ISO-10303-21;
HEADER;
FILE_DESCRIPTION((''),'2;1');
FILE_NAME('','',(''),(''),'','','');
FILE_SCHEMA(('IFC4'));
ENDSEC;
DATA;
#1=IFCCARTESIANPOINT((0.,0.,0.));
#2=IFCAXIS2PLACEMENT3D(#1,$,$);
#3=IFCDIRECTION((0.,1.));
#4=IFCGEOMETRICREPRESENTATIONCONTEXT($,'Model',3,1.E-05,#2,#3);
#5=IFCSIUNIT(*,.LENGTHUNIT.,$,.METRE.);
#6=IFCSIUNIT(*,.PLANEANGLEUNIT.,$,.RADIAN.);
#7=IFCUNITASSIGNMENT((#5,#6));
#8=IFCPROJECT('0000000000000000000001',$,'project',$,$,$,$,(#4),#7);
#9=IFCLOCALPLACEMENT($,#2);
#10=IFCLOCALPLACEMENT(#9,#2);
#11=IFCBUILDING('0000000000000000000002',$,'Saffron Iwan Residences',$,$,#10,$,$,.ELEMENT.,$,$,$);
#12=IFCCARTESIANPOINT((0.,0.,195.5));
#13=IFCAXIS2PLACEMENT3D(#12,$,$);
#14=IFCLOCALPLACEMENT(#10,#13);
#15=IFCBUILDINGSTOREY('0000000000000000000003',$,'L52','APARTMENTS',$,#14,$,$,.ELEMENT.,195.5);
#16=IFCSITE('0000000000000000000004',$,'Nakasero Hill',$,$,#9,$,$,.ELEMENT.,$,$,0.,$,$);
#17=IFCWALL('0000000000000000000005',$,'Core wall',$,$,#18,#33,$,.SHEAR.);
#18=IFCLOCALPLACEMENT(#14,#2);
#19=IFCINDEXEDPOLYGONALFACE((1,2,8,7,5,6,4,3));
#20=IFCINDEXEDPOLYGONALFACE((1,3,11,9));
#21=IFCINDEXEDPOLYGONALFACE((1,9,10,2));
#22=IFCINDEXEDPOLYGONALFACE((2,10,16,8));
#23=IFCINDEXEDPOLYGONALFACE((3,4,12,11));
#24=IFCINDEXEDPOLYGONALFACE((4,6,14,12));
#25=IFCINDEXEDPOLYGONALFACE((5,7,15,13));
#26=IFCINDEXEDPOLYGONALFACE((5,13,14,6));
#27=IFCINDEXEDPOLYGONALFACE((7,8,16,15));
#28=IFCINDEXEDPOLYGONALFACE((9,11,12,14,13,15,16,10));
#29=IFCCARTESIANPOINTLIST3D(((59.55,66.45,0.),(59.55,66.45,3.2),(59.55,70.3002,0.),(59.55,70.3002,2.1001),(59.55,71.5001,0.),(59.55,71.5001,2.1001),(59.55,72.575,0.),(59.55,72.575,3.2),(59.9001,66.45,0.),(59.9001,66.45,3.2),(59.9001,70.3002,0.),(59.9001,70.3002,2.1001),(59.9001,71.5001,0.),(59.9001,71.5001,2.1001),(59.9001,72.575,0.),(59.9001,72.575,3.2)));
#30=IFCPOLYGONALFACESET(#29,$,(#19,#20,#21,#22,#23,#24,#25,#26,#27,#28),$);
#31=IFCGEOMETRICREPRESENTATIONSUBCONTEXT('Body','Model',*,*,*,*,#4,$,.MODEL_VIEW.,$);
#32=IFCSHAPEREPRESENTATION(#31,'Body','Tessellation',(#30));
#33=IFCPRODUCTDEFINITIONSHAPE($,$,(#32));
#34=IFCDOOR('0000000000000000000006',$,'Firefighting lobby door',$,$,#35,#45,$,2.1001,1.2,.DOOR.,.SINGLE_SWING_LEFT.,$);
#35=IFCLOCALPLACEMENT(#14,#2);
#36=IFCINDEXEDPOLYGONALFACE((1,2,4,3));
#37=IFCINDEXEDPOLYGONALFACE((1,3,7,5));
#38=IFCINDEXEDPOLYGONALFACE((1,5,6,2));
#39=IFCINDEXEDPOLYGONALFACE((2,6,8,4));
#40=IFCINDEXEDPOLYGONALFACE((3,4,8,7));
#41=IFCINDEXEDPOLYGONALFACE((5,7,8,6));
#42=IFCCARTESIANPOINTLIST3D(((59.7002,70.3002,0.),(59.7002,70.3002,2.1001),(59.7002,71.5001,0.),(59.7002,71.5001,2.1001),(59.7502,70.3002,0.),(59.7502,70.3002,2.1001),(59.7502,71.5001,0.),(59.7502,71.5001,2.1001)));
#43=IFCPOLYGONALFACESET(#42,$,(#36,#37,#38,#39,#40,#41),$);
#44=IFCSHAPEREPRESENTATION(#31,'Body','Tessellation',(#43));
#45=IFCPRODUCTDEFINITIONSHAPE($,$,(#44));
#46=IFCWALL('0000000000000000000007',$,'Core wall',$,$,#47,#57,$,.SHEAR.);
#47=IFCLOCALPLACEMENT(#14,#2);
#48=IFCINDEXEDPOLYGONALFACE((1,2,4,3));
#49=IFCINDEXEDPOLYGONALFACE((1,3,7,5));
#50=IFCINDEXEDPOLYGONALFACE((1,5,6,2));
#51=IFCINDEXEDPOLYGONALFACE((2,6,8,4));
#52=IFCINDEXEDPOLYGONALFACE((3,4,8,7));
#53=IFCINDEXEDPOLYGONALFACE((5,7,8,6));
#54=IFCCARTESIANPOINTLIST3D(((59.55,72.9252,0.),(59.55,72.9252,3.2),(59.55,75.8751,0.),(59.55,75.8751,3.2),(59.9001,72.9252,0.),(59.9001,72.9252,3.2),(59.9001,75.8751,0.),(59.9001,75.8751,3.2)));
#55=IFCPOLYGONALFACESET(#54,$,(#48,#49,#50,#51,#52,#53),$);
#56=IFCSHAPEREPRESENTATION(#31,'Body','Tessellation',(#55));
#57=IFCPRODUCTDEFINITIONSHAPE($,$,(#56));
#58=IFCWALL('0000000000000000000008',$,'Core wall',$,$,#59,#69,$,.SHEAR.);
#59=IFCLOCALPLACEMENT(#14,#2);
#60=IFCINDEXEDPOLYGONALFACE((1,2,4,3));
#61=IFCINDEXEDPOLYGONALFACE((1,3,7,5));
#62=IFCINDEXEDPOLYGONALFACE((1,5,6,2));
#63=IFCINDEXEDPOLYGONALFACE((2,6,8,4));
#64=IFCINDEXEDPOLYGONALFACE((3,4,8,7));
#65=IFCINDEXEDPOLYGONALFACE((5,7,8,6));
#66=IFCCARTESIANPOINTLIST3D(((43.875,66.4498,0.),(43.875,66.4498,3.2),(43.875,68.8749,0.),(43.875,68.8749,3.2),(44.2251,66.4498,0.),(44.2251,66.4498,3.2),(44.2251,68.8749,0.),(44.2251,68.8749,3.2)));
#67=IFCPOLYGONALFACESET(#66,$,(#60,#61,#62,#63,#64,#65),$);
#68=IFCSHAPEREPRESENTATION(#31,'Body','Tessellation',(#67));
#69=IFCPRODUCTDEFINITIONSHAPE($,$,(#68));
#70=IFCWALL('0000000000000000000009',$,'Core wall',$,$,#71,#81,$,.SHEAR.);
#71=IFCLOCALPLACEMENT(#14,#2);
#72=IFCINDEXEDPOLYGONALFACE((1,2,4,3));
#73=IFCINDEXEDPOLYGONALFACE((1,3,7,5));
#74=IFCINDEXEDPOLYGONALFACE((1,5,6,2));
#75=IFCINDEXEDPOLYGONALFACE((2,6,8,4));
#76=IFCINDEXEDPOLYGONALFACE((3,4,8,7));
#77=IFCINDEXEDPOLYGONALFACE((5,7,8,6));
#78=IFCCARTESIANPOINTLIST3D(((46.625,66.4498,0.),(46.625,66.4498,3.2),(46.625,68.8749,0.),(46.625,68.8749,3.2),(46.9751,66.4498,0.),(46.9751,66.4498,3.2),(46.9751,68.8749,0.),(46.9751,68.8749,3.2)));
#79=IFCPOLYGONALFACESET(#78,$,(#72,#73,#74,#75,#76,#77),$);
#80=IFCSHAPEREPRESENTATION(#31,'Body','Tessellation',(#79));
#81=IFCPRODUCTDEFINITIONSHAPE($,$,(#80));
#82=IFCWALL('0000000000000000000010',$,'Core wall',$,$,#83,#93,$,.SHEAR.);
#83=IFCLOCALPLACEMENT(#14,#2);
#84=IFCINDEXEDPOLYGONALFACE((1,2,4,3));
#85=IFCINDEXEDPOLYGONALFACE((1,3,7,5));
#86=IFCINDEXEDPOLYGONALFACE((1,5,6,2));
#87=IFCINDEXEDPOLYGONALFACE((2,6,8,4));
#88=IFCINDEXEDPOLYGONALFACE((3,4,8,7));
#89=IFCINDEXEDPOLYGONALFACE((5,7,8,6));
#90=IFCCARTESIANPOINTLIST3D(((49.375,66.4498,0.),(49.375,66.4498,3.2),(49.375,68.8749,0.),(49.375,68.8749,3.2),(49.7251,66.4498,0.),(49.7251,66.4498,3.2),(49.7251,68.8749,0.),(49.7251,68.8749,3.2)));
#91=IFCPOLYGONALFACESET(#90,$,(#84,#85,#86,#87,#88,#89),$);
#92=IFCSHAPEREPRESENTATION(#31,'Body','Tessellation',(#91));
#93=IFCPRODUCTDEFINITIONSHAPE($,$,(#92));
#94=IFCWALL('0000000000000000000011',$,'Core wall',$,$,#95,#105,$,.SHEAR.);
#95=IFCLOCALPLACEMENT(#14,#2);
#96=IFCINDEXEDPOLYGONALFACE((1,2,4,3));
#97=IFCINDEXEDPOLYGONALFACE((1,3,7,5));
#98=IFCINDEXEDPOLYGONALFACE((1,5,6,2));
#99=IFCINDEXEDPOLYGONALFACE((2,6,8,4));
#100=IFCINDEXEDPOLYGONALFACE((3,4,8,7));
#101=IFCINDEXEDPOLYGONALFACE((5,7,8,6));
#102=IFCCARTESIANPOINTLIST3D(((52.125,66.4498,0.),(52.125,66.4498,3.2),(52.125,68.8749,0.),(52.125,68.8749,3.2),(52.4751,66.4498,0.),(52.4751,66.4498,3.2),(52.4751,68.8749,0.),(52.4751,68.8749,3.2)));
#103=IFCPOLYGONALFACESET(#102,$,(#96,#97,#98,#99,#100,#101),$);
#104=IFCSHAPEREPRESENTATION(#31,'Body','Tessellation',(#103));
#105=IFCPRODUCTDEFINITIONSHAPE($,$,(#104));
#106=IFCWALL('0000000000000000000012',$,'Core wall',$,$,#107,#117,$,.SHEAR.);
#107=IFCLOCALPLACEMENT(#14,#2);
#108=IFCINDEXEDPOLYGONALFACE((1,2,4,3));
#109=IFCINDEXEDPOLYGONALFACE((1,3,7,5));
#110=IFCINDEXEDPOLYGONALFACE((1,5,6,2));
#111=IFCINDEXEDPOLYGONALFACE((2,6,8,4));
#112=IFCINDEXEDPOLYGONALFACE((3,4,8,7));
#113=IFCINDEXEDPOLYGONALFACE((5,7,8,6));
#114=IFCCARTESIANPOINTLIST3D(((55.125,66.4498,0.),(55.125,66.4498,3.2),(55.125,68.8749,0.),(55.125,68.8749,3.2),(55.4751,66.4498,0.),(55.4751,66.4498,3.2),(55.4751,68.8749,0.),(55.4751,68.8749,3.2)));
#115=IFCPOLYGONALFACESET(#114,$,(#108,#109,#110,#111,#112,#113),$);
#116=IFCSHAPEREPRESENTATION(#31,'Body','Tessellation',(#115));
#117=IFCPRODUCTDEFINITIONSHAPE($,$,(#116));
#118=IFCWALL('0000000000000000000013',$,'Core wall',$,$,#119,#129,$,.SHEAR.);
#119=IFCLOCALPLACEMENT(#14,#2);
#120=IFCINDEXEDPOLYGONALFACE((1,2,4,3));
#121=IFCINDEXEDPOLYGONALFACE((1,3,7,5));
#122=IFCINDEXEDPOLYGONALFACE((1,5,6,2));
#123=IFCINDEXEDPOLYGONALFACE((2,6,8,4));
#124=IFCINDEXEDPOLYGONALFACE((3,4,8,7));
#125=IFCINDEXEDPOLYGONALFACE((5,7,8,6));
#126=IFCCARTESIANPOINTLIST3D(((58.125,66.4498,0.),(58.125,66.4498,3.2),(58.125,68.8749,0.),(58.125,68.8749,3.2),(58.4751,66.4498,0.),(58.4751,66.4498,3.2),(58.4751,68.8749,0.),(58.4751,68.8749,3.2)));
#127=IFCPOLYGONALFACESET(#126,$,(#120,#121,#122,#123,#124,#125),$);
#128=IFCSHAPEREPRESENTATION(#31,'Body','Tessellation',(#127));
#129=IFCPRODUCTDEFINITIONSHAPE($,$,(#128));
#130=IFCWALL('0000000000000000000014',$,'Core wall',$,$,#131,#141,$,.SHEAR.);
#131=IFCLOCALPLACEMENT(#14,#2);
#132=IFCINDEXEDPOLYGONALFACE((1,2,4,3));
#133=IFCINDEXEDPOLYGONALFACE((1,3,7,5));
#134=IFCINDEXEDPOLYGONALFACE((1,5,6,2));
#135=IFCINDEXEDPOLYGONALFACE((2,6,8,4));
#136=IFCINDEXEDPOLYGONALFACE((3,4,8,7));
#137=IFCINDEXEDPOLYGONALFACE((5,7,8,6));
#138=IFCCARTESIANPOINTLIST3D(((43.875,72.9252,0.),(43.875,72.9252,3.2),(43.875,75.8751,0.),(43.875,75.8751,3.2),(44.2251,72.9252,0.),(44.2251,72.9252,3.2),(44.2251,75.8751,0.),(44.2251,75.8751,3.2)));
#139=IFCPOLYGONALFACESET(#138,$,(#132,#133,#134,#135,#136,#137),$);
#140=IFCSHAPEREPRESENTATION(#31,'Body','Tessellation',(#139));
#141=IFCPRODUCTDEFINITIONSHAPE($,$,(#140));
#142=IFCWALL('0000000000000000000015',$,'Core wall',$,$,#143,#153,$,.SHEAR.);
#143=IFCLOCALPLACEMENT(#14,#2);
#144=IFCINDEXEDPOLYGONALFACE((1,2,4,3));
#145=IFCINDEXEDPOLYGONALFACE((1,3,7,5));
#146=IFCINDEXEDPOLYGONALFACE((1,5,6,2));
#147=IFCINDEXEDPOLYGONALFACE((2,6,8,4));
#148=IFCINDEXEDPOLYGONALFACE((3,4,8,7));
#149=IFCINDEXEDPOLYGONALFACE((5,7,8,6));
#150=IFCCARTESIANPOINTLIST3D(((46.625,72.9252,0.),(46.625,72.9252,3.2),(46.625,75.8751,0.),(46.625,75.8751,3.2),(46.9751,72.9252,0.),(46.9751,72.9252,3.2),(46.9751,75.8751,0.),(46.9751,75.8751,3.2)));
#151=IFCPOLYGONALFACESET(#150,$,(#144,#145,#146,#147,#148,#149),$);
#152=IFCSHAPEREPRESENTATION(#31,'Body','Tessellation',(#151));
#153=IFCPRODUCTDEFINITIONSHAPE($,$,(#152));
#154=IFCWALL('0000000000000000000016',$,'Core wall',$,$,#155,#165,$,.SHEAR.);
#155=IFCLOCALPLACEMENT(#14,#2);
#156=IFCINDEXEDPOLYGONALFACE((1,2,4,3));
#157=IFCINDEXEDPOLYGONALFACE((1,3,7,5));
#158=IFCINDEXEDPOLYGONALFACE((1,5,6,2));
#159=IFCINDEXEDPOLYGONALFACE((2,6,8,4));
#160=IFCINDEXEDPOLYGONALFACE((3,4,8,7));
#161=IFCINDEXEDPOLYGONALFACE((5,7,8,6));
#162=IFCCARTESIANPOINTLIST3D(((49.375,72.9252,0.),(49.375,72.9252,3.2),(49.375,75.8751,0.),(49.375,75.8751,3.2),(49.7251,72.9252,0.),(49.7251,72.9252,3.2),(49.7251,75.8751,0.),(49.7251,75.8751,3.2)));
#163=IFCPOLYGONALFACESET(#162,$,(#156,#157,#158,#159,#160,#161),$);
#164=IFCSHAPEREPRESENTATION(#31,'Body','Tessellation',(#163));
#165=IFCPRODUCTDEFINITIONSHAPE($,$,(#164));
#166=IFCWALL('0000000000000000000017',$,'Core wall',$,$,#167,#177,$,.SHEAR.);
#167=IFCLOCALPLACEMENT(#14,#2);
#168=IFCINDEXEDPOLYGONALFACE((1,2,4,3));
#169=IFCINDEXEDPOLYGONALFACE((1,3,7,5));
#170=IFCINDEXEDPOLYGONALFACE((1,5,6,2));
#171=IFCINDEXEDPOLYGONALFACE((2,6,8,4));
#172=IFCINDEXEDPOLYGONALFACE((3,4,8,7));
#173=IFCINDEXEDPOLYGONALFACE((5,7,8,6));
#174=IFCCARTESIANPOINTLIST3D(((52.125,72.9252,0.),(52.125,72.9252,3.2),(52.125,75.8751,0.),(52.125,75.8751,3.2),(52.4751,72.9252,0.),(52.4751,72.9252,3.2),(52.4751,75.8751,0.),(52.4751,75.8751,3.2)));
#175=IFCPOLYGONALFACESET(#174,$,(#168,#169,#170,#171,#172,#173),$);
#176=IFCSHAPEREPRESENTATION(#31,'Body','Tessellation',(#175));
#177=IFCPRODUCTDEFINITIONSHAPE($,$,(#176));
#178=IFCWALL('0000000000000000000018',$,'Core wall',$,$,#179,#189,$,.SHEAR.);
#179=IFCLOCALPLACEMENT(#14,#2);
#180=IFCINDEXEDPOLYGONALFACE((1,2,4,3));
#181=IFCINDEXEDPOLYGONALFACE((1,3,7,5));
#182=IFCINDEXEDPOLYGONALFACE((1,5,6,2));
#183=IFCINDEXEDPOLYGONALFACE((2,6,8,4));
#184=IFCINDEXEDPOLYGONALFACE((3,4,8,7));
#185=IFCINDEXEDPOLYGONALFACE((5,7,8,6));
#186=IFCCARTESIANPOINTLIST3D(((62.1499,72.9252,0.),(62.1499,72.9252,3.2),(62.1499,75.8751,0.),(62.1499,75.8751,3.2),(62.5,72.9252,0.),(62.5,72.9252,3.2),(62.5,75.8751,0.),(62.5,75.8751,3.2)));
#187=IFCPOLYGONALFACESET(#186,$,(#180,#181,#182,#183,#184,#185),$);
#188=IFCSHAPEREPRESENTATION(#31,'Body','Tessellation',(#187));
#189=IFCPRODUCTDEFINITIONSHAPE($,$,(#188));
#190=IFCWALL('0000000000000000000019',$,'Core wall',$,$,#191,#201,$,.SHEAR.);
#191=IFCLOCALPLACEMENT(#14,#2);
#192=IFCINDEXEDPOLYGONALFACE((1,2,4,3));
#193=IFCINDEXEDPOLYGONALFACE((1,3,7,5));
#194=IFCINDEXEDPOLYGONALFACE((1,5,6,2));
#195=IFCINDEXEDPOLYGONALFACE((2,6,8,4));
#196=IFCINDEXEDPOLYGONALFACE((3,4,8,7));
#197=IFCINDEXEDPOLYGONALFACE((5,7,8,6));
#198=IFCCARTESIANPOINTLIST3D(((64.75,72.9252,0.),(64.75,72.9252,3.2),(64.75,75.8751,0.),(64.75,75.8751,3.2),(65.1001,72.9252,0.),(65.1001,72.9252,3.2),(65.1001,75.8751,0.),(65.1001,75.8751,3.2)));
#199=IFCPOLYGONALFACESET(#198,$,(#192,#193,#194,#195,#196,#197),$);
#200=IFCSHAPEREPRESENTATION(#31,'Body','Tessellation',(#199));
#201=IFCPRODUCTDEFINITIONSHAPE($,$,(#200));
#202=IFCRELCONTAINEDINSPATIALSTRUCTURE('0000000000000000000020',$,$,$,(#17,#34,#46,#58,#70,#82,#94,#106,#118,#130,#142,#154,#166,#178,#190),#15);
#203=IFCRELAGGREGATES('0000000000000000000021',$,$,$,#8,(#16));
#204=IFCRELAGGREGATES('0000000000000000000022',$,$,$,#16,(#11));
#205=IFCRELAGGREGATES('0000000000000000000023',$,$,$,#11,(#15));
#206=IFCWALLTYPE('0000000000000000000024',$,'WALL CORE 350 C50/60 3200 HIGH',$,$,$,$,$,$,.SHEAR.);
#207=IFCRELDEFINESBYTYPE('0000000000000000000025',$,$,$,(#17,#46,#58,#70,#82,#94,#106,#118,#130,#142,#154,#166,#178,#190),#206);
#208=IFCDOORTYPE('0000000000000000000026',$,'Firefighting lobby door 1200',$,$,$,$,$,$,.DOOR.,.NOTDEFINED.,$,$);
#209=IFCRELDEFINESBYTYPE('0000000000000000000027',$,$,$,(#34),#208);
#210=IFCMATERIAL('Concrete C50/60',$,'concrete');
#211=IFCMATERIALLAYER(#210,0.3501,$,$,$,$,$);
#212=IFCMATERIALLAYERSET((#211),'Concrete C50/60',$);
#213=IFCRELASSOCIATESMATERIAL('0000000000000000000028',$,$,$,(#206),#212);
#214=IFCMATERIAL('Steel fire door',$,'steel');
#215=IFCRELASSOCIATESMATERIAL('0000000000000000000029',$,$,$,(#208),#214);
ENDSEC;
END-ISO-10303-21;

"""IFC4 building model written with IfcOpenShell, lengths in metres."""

from ifc_helpers import new_model, si_unit, direction, frame, frame_2d, origin, place, context, subcontext, project, spatial, rectangle, extrude, material, layer, layer_set, type_object, element, fill, save


model = new_model("IFC4")

# Units and contexts
model_context = context("Model", 3, precision=1e-05, world=origin(), true_north=direction((0.0, 1.0)))
body_context = subcontext(model_context, "Body", "Model", "MODEL_VIEW")
ifc_project = project(units=[si_unit("LENGTHUNIT", "METRE"), si_unit("PLANEANGLEUNIT", "RADIAN")], contexts=[model_context])

# Site, building, storey
site_placement = place(None, origin())
site = spatial("IfcSite", under=ifc_project, at=site_placement, Name="Nakasero Hill", CompositionType="ELEMENT", RefElevation=0.0)
building_placement = place(site_placement, origin())
building = spatial("IfcBuilding", under=site, at=building_placement, Name="Saffron Iwan Residences", CompositionType="ELEMENT")
storey_placement = place(building_placement, frame((0.0, 0.0, 195.5)))
storey = spatial("IfcBuildingStorey", under=building, at=storey_placement, Name="L52", Description="APARTMENTS", CompositionType="ELEMENT", Elevation=195.5)

# Shared definitions
ifc_material_1 = material(Name="Concrete C50/60", Category="concrete")

# Shared definitions
ifc_material_2 = material(Name="Steel fire door", Category="steel")

# Wall, opening, door
ifc_layer_1 = layer(ifc_material_1, 0.3501)
ifc_layer_set_1 = layer_set([ifc_layer_1], Name="Concrete C50/60")
wall_type_1 = type_object("IfcWallType", Name="WALL CORE 350 C50/60 3200 HIGH", PredefinedType="SHEAR", material=ifc_layer_set_1)
wall_1_placement = place(storey_placement, frame((59.7251, 66.45, 0.0), z_axis=(0.0, 0.0, 1.0), x_axis=(0.0, 1.0, 0.0)))
wall_1 = element("IfcWall", 1, at=wall_1_placement, inside=storey, type_object=wall_type_1, Name="Core wall", PredefinedType="SHEAR", context=body_context, shape_type="SweptSolid", body=[
    extrude(rectangle(XDim=6.125, YDim=0.3501, at=frame_2d((3.0625, 0.0))), origin(), (0.0, 0.0, 1.0), 3.2),
])
opening_1_placement = place(wall_1_placement, frame((3.8501, 0.0, 0.0)))
opening_1 = element("IfcOpeningElement", 2, at=opening_1_placement, cuts=wall_1, PredefinedType="OPENING", context=body_context, shape_type="SweptSolid", body=[
    extrude(rectangle(XDim=1.2, YDim=2.1001, at=frame_2d((0.6001, 1.05))), frame((0.0, 0.1851, 0.0), z_axis=(0.0, -1.0, 0.0), x_axis=(1.0, 0.0, 0.0)), (0.0, 0.0, 1.0), 0.3701),
])
door_type_1 = type_object("IfcDoorType", Name="Firefighting lobby door 1200", OperationType="NOTDEFINED", PredefinedType="DOOR", material=ifc_material_2)
door_1_placement = place(opening_1_placement, origin())
door_1 = element("IfcDoor", 3, at=door_1_placement, inside=storey, type_object=door_type_1, Name="Firefighting lobby door", OperationType="SINGLE_SWING_LEFT", OverallHeight=2.1001, OverallWidth=1.2, PredefinedType="DOOR", context=body_context, shape_type="SweptSolid", body=[
    extrude(rectangle(XDim=1.2, YDim=2.1001, at=frame_2d((0.6001, 1.05))), frame((0.0, 0.0249, 0.0), z_axis=(0.0, -1.0, 0.0), x_axis=(1.0, 0.0, 0.0)), (0.0, 0.0, 1.0), 0.05),
])
fill(opening_1, door_1)

# Walls
wall_2_placement = place(storey_placement, frame((59.7251, 72.925, 0.0), z_axis=(0.0, 0.0, 1.0), x_axis=(0.0, 1.0, 0.0)))
element("IfcWall", 4, at=wall_2_placement, inside=storey, type_object=wall_type_1, Name="Core wall", PredefinedType="SHEAR", context=body_context, shape_type="SweptSolid", body=[
    extrude(rectangle(XDim=2.95, YDim=0.3501, at=frame_2d((1.4751, 0.0))), origin(), (0.0, 0.0, 1.0), 3.2),
])
for number, where, z_axis, x_axis, name in (
    (5, (44.05, 66.45, 0.0), (0.0, 0.0, 1.0), (0.0, 1.0, 0.0), "Core wall"),
    (6, (46.8, 66.45, 0.0), (0.0, 0.0, 1.0), (0.0, 1.0, 0.0), "Core wall"),
    (7, (49.55, 66.45, 0.0), (0.0, 0.0, 1.0), (0.0, 1.0, 0.0), "Core wall"),
    (8, (52.3, 66.45, 0.0), (0.0, 0.0, 1.0), (0.0, 1.0, 0.0), "Core wall"),
    (9, (55.3, 66.45, 0.0), (0.0, 0.0, 1.0), (0.0, 1.0, 0.0), "Core wall"),
    (10, (58.3, 66.45, 0.0), (0.0, 0.0, 1.0), (0.0, 1.0, 0.0), "Core wall"),
):
    element("IfcWall", number, at=place(storey_placement, frame(where, z_axis=z_axis, x_axis=x_axis)), inside=storey, type_object=wall_type_1, Name=name, PredefinedType="SHEAR", context=body_context, shape_type="SweptSolid", body=[
        extrude(rectangle(XDim=2.425, YDim=0.3501, at=frame_2d((1.2124, 0.0))), origin(), (0.0, 0.0, 1.0), 3.2),
    ])
for number, where, z_axis, x_axis, name in (
    (11, (44.05, 72.925, 0.0), (0.0, 0.0, 1.0), (0.0, 1.0, 0.0), "Core wall"),
    (12, (46.8, 72.925, 0.0), (0.0, 0.0, 1.0), (0.0, 1.0, 0.0), "Core wall"),
    (13, (49.55, 72.925, 0.0), (0.0, 0.0, 1.0), (0.0, 1.0, 0.0), "Core wall"),
    (14, (52.3, 72.925, 0.0), (0.0, 0.0, 1.0), (0.0, 1.0, 0.0), "Core wall"),
    (15, (62.325, 72.925, 0.0), (0.0, 0.0, 1.0), (0.0, 1.0, 0.0), "Core wall"),
    (16, (64.925, 72.925, 0.0), (0.0, 0.0, 1.0), (0.0, 1.0, 0.0), "Core wall"),
):
    element("IfcWall", number, at=place(storey_placement, frame(where, z_axis=z_axis, x_axis=x_axis)), inside=storey, type_object=wall_type_1, Name=name, PredefinedType="SHEAR", context=body_context, shape_type="SweptSolid", body=[
        extrude(rectangle(XDim=2.95, YDim=0.3501, at=frame_2d((1.4751, 0.0))), origin(), (0.0, 0.0, 1.0), 3.2),
    ])

save(model, "model.ifc")
